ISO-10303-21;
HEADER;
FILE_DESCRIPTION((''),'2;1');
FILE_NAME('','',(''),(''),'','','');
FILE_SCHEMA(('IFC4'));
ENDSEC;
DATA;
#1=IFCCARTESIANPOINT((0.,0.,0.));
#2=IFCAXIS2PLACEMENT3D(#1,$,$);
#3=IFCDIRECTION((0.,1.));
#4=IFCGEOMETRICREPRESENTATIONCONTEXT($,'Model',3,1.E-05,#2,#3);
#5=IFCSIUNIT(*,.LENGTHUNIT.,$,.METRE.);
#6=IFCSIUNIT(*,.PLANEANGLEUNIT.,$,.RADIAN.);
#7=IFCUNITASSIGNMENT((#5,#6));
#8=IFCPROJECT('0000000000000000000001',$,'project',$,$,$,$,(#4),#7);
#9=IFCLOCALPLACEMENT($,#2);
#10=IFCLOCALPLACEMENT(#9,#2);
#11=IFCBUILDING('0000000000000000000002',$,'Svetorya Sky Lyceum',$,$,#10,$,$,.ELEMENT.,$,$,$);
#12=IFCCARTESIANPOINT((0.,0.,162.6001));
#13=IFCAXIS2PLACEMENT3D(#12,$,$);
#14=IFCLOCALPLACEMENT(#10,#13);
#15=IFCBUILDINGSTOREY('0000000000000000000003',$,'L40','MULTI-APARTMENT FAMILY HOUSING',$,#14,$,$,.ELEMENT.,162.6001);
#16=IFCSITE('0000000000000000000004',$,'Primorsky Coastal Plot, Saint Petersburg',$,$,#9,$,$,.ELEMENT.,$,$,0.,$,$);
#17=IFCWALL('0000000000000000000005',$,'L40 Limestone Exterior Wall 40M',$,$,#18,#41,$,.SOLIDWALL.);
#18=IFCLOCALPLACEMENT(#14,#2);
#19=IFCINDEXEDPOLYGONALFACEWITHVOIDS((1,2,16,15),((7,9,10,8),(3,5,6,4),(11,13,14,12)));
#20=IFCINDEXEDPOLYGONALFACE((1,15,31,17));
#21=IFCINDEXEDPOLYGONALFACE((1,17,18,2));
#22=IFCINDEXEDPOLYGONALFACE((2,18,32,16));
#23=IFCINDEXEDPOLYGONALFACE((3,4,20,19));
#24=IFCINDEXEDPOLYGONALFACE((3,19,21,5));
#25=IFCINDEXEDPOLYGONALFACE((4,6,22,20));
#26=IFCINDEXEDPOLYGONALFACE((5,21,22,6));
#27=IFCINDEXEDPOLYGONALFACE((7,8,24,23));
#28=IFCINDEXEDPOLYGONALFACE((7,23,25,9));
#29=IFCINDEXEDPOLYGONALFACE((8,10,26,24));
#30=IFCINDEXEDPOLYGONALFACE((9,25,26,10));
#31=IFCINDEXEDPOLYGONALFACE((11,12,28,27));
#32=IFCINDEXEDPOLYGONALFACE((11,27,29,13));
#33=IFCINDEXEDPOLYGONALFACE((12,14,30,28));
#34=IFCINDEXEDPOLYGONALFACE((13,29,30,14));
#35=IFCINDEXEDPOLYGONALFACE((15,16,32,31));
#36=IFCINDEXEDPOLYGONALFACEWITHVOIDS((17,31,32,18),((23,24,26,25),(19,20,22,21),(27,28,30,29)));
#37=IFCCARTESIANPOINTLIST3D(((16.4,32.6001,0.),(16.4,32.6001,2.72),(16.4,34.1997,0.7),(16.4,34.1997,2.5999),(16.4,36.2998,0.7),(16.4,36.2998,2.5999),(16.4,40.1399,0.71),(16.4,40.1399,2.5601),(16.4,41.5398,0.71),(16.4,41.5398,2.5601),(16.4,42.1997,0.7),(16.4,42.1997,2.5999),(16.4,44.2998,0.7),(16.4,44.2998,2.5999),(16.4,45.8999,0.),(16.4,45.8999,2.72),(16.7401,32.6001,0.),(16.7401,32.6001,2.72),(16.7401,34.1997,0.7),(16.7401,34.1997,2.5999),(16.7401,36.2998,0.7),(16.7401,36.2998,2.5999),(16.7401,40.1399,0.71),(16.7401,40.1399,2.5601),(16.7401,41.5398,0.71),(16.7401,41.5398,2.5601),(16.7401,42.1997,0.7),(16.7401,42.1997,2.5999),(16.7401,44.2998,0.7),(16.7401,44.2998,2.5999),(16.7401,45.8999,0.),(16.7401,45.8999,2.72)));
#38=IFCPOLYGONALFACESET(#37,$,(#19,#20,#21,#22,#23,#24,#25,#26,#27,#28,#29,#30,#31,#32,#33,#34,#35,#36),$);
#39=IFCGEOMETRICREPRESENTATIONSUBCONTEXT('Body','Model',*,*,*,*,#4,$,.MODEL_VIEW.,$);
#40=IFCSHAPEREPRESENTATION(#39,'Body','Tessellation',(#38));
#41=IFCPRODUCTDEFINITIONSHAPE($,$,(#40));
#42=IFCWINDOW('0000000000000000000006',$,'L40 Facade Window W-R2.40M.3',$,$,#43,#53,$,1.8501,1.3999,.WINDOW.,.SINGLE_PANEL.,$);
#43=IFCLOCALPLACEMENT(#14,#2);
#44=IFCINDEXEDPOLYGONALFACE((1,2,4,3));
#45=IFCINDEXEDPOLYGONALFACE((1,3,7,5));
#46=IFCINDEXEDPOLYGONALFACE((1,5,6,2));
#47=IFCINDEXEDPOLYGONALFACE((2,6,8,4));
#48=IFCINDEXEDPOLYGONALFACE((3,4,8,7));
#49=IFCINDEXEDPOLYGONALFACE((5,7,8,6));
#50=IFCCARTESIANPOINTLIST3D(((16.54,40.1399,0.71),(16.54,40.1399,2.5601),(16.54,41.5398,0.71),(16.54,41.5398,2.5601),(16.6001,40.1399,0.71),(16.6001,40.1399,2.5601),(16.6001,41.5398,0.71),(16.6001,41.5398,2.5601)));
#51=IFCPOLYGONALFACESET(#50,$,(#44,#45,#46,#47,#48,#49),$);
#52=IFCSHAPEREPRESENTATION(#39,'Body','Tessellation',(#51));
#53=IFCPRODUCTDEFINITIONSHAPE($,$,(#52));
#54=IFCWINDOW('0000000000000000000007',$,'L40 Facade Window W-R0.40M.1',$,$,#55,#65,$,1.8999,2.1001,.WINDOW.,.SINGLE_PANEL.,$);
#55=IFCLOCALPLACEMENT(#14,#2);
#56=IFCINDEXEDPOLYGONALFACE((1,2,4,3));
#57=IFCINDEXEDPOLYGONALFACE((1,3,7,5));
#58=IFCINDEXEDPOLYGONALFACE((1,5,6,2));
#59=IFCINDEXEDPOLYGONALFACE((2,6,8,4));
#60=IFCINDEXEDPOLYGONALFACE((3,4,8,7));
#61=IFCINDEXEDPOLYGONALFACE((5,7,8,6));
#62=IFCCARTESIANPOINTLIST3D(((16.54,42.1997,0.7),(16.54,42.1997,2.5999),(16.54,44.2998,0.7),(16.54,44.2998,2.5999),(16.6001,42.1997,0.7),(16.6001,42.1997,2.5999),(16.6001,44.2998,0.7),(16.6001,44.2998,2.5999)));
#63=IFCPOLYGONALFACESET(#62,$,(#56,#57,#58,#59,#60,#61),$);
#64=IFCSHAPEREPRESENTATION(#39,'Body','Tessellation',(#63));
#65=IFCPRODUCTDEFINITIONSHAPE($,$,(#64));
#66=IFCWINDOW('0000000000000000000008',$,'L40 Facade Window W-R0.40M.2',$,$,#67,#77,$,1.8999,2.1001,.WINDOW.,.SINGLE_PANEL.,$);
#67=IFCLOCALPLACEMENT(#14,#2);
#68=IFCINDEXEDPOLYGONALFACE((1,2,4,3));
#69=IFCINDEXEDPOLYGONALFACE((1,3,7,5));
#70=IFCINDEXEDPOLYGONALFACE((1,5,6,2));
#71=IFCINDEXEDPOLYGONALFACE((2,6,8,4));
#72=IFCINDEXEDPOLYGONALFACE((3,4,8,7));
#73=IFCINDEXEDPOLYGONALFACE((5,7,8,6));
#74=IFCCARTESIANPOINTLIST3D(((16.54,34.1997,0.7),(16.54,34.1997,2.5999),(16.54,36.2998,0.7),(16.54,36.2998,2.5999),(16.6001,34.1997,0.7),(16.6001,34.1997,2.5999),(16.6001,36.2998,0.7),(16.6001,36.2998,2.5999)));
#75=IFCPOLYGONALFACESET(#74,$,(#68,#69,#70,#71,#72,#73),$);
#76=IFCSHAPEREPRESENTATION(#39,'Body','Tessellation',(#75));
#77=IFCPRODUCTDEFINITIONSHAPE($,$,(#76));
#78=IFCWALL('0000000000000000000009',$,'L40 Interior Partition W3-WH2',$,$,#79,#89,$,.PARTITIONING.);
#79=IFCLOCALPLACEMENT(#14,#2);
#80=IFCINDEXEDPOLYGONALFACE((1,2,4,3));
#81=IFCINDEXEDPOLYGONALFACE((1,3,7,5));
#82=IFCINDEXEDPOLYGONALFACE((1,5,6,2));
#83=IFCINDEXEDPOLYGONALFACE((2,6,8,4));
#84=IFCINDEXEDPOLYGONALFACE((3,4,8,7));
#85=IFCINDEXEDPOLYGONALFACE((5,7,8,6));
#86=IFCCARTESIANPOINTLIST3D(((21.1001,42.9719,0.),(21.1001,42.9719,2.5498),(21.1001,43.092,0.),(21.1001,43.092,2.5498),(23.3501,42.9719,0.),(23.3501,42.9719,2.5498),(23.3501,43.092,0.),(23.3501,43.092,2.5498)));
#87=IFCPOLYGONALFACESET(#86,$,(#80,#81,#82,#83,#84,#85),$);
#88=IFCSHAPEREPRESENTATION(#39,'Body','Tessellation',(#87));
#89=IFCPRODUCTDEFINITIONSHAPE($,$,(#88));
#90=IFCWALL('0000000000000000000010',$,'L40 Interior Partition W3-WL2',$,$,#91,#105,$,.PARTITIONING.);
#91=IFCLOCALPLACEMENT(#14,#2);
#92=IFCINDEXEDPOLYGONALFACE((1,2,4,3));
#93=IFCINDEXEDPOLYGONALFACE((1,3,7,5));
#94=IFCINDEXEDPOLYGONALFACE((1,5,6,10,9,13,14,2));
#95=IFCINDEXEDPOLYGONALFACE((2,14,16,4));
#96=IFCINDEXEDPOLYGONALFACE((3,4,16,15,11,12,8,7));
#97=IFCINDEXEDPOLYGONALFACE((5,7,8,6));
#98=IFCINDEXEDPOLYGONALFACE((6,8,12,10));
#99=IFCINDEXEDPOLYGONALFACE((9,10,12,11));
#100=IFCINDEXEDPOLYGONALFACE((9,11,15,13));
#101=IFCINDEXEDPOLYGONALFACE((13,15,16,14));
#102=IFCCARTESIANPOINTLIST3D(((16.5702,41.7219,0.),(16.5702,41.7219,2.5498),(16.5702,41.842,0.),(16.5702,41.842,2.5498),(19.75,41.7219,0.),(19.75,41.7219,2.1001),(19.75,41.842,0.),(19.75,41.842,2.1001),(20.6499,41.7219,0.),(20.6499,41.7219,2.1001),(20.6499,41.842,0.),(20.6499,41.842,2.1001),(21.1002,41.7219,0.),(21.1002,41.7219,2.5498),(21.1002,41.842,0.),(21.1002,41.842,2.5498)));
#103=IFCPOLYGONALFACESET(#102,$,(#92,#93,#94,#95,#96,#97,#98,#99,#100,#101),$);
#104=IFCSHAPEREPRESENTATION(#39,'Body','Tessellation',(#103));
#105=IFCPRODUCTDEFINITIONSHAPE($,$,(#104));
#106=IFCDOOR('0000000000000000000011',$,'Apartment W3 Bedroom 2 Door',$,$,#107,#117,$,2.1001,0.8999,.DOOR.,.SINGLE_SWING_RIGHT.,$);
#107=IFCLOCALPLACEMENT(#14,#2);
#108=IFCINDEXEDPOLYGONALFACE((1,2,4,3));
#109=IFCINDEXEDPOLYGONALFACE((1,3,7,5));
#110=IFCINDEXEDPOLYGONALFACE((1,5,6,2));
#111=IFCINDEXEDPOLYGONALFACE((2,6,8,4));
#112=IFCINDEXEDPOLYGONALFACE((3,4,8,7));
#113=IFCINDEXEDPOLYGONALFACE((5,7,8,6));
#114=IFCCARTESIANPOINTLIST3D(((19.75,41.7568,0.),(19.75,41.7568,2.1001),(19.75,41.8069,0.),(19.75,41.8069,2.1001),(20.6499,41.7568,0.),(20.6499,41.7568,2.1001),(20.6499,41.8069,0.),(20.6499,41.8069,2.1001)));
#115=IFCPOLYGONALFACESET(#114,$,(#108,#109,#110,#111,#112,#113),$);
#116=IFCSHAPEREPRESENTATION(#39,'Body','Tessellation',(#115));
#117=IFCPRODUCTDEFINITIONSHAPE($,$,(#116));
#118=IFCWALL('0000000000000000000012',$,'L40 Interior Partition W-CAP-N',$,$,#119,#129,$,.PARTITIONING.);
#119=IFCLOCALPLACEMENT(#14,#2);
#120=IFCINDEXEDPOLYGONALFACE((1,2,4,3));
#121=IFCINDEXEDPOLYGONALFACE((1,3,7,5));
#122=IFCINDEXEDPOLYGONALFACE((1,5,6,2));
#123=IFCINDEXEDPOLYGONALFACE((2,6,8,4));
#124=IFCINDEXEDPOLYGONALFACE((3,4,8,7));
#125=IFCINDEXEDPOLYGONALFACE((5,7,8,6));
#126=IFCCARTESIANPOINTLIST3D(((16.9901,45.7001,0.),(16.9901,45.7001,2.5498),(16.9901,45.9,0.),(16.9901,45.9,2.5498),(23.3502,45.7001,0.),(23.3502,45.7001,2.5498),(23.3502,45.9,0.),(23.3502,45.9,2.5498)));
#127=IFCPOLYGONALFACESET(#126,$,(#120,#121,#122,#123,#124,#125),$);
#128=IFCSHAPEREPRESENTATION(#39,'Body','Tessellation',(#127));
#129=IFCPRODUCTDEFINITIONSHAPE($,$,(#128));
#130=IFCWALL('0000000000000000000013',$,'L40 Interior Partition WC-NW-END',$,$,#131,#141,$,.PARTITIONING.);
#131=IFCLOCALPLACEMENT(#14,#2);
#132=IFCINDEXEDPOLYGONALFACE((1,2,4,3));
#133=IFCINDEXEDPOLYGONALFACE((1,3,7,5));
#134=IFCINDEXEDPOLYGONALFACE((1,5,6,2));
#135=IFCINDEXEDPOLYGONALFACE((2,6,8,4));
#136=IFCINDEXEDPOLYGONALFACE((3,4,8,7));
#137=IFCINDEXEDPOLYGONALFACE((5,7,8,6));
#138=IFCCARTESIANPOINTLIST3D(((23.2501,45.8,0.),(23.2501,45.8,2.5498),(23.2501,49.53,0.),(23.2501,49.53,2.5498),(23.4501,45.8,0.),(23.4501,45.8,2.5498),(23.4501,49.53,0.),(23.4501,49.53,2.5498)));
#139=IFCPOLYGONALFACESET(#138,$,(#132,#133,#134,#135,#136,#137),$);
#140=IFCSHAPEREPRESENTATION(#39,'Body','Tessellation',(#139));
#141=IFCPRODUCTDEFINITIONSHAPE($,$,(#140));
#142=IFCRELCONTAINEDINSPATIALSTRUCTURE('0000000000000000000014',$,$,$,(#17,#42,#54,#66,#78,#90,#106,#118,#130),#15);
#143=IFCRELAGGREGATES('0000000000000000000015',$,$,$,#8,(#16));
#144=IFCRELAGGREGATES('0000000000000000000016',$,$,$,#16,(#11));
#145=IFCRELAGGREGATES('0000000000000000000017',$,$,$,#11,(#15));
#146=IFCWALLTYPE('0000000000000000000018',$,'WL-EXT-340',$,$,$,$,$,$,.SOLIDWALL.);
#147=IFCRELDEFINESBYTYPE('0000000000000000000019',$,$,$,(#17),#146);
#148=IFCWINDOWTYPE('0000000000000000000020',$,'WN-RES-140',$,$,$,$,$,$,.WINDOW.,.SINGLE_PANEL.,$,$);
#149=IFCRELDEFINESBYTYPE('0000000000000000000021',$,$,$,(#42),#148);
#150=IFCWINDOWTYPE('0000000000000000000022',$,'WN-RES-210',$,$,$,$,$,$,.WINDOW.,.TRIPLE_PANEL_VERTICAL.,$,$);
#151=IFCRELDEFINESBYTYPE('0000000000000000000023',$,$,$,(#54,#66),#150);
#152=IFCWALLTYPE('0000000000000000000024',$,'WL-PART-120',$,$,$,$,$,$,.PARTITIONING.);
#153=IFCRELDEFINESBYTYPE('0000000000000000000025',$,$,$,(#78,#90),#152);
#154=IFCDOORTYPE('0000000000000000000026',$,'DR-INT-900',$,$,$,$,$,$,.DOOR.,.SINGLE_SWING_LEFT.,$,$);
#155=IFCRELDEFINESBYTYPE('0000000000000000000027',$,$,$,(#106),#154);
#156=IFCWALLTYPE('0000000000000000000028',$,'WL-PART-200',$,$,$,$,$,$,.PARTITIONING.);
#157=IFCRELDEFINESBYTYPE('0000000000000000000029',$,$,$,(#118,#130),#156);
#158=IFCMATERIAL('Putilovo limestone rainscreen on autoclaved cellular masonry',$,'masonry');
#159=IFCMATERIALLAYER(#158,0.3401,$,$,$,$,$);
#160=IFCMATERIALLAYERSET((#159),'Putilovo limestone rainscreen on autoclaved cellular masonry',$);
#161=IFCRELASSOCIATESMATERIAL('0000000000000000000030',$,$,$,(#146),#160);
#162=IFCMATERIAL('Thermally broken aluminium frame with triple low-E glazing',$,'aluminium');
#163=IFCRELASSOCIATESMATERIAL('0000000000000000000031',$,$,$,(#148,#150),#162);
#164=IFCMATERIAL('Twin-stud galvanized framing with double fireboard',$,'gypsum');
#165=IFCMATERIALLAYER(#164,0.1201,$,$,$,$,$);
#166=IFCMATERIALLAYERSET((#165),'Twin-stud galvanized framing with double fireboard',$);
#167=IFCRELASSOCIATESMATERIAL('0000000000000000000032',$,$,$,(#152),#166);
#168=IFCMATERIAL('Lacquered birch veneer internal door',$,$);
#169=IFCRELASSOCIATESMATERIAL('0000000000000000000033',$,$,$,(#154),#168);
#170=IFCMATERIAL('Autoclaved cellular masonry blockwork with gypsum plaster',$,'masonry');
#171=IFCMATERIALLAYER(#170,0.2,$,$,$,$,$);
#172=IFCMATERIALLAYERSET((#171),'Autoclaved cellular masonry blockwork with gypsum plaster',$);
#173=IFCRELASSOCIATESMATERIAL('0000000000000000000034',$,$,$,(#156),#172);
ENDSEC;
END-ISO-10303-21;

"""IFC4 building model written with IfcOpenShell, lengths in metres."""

from ifc_helpers import new_model, si_unit, direction, frame, frame_2d, origin, place, context, subcontext, project, spatial, rectangle, extrude, material, layer, layer_set, type_object, element, fill, save


model = new_model("IFC4")

# Units and contexts
model_context = context("Model", 3, precision=1e-05, world=origin(), true_north=direction((0.0, 1.0)))
body_context = subcontext(model_context, "Body", "Model", "MODEL_VIEW")
ifc_project = project(units=[si_unit("LENGTHUNIT", "METRE"), si_unit("PLANEANGLEUNIT", "RADIAN")], contexts=[model_context])

# Site, building, storey
site_placement = place(None, origin())
site = spatial("IfcSite", under=ifc_project, at=site_placement, Name="Primorsky Coastal Plot, Saint Petersburg", CompositionType="ELEMENT", RefElevation=0.0)
building_placement = place(site_placement, origin())
building = spatial("IfcBuilding", under=site, at=building_placement, Name="Svetorya Sky Lyceum", CompositionType="ELEMENT")
storey_placement = place(building_placement, frame((0.0, 0.0, 162.6001)))
storey = spatial("IfcBuildingStorey", under=building, at=storey_placement, Name="L40", Description="MULTI-APARTMENT FAMILY HOUSING", CompositionType="ELEMENT", Elevation=162.6001)

# Shared definitions
ifc_material_1 = material(Name="Putilovo limestone rainscreen on autoclaved cellular masonry", Category="masonry")
ifc_layer_1 = layer(ifc_material_1, 0.3401)
ifc_layer_set_1 = layer_set([ifc_layer_1], Name="Putilovo limestone rainscreen on autoclaved cellular masonry")
wall_type_1 = type_object("IfcWallType", Name="WL-EXT-340", PredefinedType="SOLIDWALL", material=ifc_layer_set_1)

# Wall, openings, windows
wall_1_placement = place(storey_placement, frame((16.5701, 45.8999, 0.0), z_axis=(0.0, 0.0, 1.0), x_axis=(0.0, -1.0, 0.0)))
wall_1 = element("IfcWall", 1, at=wall_1_placement, inside=storey, type_object=wall_type_1, Name="L40 Limestone Exterior Wall 40M", PredefinedType="SOLIDWALL", context=body_context, shape_type="SweptSolid", body=[
    extrude(rectangle(XDim=13.2998, YDim=0.3401, at=frame_2d((6.6499, 0.0))), origin(), (0.0, 0.0, 1.0), 2.72),
])
opening_1_placement = place(wall_1_placement, frame((1.6001, 0.0, 0.7)))
opening_1 = element("IfcOpeningElement", 2, at=opening_1_placement, cuts=wall_1, PredefinedType="OPENING", context=body_context, shape_type="SweptSolid", body=[
    extrude(rectangle(XDim=2.1001, YDim=1.8999, at=frame_2d((1.05, 0.95))), frame((0.0, 0.1799, 0.0), z_axis=(0.0, -1.0, 0.0), x_axis=(1.0, 0.0, 0.0)), (0.0, 0.0, 1.0), 0.3601),
])
opening_2_placement = place(wall_1_placement, frame((4.3601, 0.0, 0.71)))
opening_2 = element("IfcOpeningElement", 3, at=opening_2_placement, cuts=wall_1, PredefinedType="OPENING", context=body_context, shape_type="SweptSolid", body=[
    extrude(rectangle(XDim=1.3999, YDim=1.8501, at=frame_2d((0.7, 0.925))), frame((0.0, 0.1799, 0.0), z_axis=(0.0, -1.0, 0.0), x_axis=(1.0, 0.0, 0.0)), (0.0, 0.0, 1.0), 0.3601),
])
opening_3_placement = place(wall_1_placement, frame((9.6001, 0.0, 0.7)))
opening_3 = element("IfcOpeningElement", 4, at=opening_3_placement, cuts=wall_1, PredefinedType="OPENING", context=body_context, shape_type="SweptSolid", body=[
    extrude(rectangle(XDim=2.1001, YDim=1.8999, at=frame_2d((1.05, 0.95))), frame((0.0, 0.1799, 0.0), z_axis=(0.0, -1.0, 0.0), x_axis=(1.0, 0.0, 0.0)), (0.0, 0.0, 1.0), 0.3601),
])
ifc_material_2 = material(Name="Thermally broken aluminium frame with triple low-E glazing", Category="aluminium")
window_type_1 = type_object("IfcWindowType", Name="WN-RES-140", PartitioningType="SINGLE_PANEL", PredefinedType="WINDOW", material=ifc_material_2)
window_1_placement = place(opening_2_placement, origin())
window_1 = element("IfcWindow", 5, at=window_1_placement, inside=storey, type_object=window_type_1, Name="L40 Facade Window W-R2.40M.3", OverallHeight=1.8501, OverallWidth=1.3999, PartitioningType="SINGLE_PANEL", PredefinedType="WINDOW", context=body_context, shape_type="SweptSolid", body=[
    extrude(rectangle(XDim=1.3999, YDim=1.8501, at=frame_2d((0.7, 0.925))), frame((0.0, 0.03, 0.0), z_axis=(0.0, -1.0, 0.0), x_axis=(1.0, 0.0, 0.0)), (0.0, 0.0, 1.0), 0.0601),
])
fill(opening_2, window_1)
window_type_2 = type_object("IfcWindowType", Name="WN-RES-210", PartitioningType="TRIPLE_PANEL_VERTICAL", PredefinedType="WINDOW", material=ifc_material_2)
window_2_placement = place(opening_1_placement, origin())
window_2 = element("IfcWindow", 6, at=window_2_placement, inside=storey, type_object=window_type_2, Name="L40 Facade Window W-R0.40M.1", OverallHeight=1.8999, OverallWidth=2.1001, PartitioningType="SINGLE_PANEL", PredefinedType="WINDOW", context=body_context, shape_type="SweptSolid", body=[
    extrude(rectangle(XDim=2.1001, YDim=1.8999, at=frame_2d((1.05, 0.95))), frame((0.0, 0.03, 0.0), z_axis=(0.0, -1.0, 0.0), x_axis=(1.0, 0.0, 0.0)), (0.0, 0.0, 1.0), 0.0601),
])
fill(opening_1, window_2)
window_3_placement = place(opening_3_placement, origin())
window_3 = element("IfcWindow", 7, at=window_3_placement, inside=storey, type_object=window_type_2, Name="L40 Facade Window W-R0.40M.2", OverallHeight=1.8999, OverallWidth=2.1001, PartitioningType="SINGLE_PANEL", PredefinedType="WINDOW", context=body_context, shape_type="SweptSolid", body=[
    extrude(rectangle(XDim=2.1001, YDim=1.8999, at=frame_2d((1.05, 0.95))), frame((0.0, 0.03, 0.0), z_axis=(0.0, -1.0, 0.0), x_axis=(1.0, 0.0, 0.0)), (0.0, 0.0, 1.0), 0.0601),
])
fill(opening_3, window_3)

# Wall
ifc_material_3 = material(Name="Twin-stud galvanized framing with double fireboard", Category="gypsum")
ifc_layer_2 = layer(ifc_material_3, 0.1201)
ifc_layer_set_2 = layer_set([ifc_layer_2], Name="Twin-stud galvanized framing with double fireboard")
wall_type_2 = type_object("IfcWallType", Name="WL-PART-120", PredefinedType="PARTITIONING", material=ifc_layer_set_2)
wall_2_placement = place(storey_placement, frame((21.1001, 43.032, 0.0), z_axis=(0.0, 0.0, 1.0), x_axis=(1.0, 0.0, 0.0)))
element("IfcWall", 8, at=wall_2_placement, inside=storey, type_object=wall_type_2, Name="L40 Interior Partition W3-WH2", PredefinedType="PARTITIONING", context=body_context, shape_type="SweptSolid", body=[
    extrude(rectangle(XDim=2.25, YDim=0.1201, at=frame_2d((1.125, 0.0))), origin(), (0.0, 0.0, 1.0), 2.5498),
])

# Wall, opening, door
wall_3_placement = place(storey_placement, frame((16.5701, 41.782, 0.0), z_axis=(0.0, 0.0, 1.0), x_axis=(1.0, 0.0, 0.0)))
wall_3 = element("IfcWall", 9, at=wall_3_placement, inside=storey, type_object=wall_type_2, Name="L40 Interior Partition W3-WL2", PredefinedType="PARTITIONING", context=body_context, shape_type="SweptSolid", body=[
    extrude(rectangle(XDim=4.53, YDim=0.1201, at=frame_2d((2.2651, 0.0))), origin(), (0.0, 0.0, 1.0), 2.5498),
])
opening_4_placement = place(wall_3_placement, frame((3.1799, 0.0, 0.0)))
opening_4 = element("IfcOpeningElement", 10, at=opening_4_placement, cuts=wall_3, PredefinedType="OPENING", context=body_context, shape_type="SweptSolid", body=[
    extrude(rectangle(XDim=0.8999, YDim=2.1001, at=frame_2d((0.45, 1.05))), frame((0.0, 0.0701, 0.0), z_axis=(0.0, -1.0, 0.0), x_axis=(1.0, 0.0, 0.0)), (0.0, 0.0, 1.0), 0.1401),
])
ifc_material_4 = material(Name="Lacquered birch veneer internal door")
door_type = type_object("IfcDoorType", Name="DR-INT-900", OperationType="SINGLE_SWING_LEFT", PredefinedType="DOOR", material=ifc_material_4)
door_1_placement = place(opening_4_placement, origin())
door_1 = element("IfcDoor", 11, at=door_1_placement, inside=storey, type_object=door_type, Name="Apartment W3 Bedroom 2 Door", OperationType="SINGLE_SWING_RIGHT", OverallHeight=2.1001, OverallWidth=0.8999, PredefinedType="DOOR", context=body_context, shape_type="SweptSolid", body=[
    extrude(rectangle(XDim=0.8999, YDim=2.1001, at=frame_2d((0.45, 1.05))), frame((0.0, 0.0249, 0.0), z_axis=(0.0, -1.0, 0.0), x_axis=(1.0, 0.0, 0.0)), (0.0, 0.0, 1.0), 0.05),
])
fill(opening_4, door_1)

# Walls
ifc_material_5 = material(Name="Autoclaved cellular masonry blockwork with gypsum plaster", Category="masonry")
ifc_layer_3 = layer(ifc_material_5, 0.2)
ifc_layer_set_3 = layer_set([ifc_layer_3], Name="Autoclaved cellular masonry blockwork with gypsum plaster")
wall_type_3 = type_object("IfcWallType", Name="WL-PART-200", PredefinedType="PARTITIONING", material=ifc_layer_set_3)
wall_4_placement = place(storey_placement, frame((16.99, 45.8, 0.0), z_axis=(0.0, 0.0, 1.0), x_axis=(1.0, 0.0, 0.0)))
element("IfcWall", 12, at=wall_4_placement, inside=storey, type_object=wall_type_3, Name="L40 Interior Partition W-CAP-N", PredefinedType="PARTITIONING", context=body_context, shape_type="SweptSolid", body=[
    extrude(rectangle(XDim=6.3601, YDim=0.2, at=frame_2d((3.1802, 0.0))), origin(), (0.0, 0.0, 1.0), 2.5498),
])
wall_5_placement = place(storey_placement, frame((23.3501, 45.8, 0.0), z_axis=(0.0, 0.0, 1.0), x_axis=(0.0, 1.0, 0.0)))
element("IfcWall", 13, at=wall_5_placement, inside=storey, type_object=wall_type_3, Name="L40 Interior Partition WC-NW-END", PredefinedType="PARTITIONING", context=body_context, shape_type="SweptSolid", body=[
    extrude(rectangle(XDim=3.73, YDim=0.2, at=frame_2d((1.865, 0.0))), origin(), (0.0, 0.0, 1.0), 2.5498),
])

save(model, "model.ifc")
